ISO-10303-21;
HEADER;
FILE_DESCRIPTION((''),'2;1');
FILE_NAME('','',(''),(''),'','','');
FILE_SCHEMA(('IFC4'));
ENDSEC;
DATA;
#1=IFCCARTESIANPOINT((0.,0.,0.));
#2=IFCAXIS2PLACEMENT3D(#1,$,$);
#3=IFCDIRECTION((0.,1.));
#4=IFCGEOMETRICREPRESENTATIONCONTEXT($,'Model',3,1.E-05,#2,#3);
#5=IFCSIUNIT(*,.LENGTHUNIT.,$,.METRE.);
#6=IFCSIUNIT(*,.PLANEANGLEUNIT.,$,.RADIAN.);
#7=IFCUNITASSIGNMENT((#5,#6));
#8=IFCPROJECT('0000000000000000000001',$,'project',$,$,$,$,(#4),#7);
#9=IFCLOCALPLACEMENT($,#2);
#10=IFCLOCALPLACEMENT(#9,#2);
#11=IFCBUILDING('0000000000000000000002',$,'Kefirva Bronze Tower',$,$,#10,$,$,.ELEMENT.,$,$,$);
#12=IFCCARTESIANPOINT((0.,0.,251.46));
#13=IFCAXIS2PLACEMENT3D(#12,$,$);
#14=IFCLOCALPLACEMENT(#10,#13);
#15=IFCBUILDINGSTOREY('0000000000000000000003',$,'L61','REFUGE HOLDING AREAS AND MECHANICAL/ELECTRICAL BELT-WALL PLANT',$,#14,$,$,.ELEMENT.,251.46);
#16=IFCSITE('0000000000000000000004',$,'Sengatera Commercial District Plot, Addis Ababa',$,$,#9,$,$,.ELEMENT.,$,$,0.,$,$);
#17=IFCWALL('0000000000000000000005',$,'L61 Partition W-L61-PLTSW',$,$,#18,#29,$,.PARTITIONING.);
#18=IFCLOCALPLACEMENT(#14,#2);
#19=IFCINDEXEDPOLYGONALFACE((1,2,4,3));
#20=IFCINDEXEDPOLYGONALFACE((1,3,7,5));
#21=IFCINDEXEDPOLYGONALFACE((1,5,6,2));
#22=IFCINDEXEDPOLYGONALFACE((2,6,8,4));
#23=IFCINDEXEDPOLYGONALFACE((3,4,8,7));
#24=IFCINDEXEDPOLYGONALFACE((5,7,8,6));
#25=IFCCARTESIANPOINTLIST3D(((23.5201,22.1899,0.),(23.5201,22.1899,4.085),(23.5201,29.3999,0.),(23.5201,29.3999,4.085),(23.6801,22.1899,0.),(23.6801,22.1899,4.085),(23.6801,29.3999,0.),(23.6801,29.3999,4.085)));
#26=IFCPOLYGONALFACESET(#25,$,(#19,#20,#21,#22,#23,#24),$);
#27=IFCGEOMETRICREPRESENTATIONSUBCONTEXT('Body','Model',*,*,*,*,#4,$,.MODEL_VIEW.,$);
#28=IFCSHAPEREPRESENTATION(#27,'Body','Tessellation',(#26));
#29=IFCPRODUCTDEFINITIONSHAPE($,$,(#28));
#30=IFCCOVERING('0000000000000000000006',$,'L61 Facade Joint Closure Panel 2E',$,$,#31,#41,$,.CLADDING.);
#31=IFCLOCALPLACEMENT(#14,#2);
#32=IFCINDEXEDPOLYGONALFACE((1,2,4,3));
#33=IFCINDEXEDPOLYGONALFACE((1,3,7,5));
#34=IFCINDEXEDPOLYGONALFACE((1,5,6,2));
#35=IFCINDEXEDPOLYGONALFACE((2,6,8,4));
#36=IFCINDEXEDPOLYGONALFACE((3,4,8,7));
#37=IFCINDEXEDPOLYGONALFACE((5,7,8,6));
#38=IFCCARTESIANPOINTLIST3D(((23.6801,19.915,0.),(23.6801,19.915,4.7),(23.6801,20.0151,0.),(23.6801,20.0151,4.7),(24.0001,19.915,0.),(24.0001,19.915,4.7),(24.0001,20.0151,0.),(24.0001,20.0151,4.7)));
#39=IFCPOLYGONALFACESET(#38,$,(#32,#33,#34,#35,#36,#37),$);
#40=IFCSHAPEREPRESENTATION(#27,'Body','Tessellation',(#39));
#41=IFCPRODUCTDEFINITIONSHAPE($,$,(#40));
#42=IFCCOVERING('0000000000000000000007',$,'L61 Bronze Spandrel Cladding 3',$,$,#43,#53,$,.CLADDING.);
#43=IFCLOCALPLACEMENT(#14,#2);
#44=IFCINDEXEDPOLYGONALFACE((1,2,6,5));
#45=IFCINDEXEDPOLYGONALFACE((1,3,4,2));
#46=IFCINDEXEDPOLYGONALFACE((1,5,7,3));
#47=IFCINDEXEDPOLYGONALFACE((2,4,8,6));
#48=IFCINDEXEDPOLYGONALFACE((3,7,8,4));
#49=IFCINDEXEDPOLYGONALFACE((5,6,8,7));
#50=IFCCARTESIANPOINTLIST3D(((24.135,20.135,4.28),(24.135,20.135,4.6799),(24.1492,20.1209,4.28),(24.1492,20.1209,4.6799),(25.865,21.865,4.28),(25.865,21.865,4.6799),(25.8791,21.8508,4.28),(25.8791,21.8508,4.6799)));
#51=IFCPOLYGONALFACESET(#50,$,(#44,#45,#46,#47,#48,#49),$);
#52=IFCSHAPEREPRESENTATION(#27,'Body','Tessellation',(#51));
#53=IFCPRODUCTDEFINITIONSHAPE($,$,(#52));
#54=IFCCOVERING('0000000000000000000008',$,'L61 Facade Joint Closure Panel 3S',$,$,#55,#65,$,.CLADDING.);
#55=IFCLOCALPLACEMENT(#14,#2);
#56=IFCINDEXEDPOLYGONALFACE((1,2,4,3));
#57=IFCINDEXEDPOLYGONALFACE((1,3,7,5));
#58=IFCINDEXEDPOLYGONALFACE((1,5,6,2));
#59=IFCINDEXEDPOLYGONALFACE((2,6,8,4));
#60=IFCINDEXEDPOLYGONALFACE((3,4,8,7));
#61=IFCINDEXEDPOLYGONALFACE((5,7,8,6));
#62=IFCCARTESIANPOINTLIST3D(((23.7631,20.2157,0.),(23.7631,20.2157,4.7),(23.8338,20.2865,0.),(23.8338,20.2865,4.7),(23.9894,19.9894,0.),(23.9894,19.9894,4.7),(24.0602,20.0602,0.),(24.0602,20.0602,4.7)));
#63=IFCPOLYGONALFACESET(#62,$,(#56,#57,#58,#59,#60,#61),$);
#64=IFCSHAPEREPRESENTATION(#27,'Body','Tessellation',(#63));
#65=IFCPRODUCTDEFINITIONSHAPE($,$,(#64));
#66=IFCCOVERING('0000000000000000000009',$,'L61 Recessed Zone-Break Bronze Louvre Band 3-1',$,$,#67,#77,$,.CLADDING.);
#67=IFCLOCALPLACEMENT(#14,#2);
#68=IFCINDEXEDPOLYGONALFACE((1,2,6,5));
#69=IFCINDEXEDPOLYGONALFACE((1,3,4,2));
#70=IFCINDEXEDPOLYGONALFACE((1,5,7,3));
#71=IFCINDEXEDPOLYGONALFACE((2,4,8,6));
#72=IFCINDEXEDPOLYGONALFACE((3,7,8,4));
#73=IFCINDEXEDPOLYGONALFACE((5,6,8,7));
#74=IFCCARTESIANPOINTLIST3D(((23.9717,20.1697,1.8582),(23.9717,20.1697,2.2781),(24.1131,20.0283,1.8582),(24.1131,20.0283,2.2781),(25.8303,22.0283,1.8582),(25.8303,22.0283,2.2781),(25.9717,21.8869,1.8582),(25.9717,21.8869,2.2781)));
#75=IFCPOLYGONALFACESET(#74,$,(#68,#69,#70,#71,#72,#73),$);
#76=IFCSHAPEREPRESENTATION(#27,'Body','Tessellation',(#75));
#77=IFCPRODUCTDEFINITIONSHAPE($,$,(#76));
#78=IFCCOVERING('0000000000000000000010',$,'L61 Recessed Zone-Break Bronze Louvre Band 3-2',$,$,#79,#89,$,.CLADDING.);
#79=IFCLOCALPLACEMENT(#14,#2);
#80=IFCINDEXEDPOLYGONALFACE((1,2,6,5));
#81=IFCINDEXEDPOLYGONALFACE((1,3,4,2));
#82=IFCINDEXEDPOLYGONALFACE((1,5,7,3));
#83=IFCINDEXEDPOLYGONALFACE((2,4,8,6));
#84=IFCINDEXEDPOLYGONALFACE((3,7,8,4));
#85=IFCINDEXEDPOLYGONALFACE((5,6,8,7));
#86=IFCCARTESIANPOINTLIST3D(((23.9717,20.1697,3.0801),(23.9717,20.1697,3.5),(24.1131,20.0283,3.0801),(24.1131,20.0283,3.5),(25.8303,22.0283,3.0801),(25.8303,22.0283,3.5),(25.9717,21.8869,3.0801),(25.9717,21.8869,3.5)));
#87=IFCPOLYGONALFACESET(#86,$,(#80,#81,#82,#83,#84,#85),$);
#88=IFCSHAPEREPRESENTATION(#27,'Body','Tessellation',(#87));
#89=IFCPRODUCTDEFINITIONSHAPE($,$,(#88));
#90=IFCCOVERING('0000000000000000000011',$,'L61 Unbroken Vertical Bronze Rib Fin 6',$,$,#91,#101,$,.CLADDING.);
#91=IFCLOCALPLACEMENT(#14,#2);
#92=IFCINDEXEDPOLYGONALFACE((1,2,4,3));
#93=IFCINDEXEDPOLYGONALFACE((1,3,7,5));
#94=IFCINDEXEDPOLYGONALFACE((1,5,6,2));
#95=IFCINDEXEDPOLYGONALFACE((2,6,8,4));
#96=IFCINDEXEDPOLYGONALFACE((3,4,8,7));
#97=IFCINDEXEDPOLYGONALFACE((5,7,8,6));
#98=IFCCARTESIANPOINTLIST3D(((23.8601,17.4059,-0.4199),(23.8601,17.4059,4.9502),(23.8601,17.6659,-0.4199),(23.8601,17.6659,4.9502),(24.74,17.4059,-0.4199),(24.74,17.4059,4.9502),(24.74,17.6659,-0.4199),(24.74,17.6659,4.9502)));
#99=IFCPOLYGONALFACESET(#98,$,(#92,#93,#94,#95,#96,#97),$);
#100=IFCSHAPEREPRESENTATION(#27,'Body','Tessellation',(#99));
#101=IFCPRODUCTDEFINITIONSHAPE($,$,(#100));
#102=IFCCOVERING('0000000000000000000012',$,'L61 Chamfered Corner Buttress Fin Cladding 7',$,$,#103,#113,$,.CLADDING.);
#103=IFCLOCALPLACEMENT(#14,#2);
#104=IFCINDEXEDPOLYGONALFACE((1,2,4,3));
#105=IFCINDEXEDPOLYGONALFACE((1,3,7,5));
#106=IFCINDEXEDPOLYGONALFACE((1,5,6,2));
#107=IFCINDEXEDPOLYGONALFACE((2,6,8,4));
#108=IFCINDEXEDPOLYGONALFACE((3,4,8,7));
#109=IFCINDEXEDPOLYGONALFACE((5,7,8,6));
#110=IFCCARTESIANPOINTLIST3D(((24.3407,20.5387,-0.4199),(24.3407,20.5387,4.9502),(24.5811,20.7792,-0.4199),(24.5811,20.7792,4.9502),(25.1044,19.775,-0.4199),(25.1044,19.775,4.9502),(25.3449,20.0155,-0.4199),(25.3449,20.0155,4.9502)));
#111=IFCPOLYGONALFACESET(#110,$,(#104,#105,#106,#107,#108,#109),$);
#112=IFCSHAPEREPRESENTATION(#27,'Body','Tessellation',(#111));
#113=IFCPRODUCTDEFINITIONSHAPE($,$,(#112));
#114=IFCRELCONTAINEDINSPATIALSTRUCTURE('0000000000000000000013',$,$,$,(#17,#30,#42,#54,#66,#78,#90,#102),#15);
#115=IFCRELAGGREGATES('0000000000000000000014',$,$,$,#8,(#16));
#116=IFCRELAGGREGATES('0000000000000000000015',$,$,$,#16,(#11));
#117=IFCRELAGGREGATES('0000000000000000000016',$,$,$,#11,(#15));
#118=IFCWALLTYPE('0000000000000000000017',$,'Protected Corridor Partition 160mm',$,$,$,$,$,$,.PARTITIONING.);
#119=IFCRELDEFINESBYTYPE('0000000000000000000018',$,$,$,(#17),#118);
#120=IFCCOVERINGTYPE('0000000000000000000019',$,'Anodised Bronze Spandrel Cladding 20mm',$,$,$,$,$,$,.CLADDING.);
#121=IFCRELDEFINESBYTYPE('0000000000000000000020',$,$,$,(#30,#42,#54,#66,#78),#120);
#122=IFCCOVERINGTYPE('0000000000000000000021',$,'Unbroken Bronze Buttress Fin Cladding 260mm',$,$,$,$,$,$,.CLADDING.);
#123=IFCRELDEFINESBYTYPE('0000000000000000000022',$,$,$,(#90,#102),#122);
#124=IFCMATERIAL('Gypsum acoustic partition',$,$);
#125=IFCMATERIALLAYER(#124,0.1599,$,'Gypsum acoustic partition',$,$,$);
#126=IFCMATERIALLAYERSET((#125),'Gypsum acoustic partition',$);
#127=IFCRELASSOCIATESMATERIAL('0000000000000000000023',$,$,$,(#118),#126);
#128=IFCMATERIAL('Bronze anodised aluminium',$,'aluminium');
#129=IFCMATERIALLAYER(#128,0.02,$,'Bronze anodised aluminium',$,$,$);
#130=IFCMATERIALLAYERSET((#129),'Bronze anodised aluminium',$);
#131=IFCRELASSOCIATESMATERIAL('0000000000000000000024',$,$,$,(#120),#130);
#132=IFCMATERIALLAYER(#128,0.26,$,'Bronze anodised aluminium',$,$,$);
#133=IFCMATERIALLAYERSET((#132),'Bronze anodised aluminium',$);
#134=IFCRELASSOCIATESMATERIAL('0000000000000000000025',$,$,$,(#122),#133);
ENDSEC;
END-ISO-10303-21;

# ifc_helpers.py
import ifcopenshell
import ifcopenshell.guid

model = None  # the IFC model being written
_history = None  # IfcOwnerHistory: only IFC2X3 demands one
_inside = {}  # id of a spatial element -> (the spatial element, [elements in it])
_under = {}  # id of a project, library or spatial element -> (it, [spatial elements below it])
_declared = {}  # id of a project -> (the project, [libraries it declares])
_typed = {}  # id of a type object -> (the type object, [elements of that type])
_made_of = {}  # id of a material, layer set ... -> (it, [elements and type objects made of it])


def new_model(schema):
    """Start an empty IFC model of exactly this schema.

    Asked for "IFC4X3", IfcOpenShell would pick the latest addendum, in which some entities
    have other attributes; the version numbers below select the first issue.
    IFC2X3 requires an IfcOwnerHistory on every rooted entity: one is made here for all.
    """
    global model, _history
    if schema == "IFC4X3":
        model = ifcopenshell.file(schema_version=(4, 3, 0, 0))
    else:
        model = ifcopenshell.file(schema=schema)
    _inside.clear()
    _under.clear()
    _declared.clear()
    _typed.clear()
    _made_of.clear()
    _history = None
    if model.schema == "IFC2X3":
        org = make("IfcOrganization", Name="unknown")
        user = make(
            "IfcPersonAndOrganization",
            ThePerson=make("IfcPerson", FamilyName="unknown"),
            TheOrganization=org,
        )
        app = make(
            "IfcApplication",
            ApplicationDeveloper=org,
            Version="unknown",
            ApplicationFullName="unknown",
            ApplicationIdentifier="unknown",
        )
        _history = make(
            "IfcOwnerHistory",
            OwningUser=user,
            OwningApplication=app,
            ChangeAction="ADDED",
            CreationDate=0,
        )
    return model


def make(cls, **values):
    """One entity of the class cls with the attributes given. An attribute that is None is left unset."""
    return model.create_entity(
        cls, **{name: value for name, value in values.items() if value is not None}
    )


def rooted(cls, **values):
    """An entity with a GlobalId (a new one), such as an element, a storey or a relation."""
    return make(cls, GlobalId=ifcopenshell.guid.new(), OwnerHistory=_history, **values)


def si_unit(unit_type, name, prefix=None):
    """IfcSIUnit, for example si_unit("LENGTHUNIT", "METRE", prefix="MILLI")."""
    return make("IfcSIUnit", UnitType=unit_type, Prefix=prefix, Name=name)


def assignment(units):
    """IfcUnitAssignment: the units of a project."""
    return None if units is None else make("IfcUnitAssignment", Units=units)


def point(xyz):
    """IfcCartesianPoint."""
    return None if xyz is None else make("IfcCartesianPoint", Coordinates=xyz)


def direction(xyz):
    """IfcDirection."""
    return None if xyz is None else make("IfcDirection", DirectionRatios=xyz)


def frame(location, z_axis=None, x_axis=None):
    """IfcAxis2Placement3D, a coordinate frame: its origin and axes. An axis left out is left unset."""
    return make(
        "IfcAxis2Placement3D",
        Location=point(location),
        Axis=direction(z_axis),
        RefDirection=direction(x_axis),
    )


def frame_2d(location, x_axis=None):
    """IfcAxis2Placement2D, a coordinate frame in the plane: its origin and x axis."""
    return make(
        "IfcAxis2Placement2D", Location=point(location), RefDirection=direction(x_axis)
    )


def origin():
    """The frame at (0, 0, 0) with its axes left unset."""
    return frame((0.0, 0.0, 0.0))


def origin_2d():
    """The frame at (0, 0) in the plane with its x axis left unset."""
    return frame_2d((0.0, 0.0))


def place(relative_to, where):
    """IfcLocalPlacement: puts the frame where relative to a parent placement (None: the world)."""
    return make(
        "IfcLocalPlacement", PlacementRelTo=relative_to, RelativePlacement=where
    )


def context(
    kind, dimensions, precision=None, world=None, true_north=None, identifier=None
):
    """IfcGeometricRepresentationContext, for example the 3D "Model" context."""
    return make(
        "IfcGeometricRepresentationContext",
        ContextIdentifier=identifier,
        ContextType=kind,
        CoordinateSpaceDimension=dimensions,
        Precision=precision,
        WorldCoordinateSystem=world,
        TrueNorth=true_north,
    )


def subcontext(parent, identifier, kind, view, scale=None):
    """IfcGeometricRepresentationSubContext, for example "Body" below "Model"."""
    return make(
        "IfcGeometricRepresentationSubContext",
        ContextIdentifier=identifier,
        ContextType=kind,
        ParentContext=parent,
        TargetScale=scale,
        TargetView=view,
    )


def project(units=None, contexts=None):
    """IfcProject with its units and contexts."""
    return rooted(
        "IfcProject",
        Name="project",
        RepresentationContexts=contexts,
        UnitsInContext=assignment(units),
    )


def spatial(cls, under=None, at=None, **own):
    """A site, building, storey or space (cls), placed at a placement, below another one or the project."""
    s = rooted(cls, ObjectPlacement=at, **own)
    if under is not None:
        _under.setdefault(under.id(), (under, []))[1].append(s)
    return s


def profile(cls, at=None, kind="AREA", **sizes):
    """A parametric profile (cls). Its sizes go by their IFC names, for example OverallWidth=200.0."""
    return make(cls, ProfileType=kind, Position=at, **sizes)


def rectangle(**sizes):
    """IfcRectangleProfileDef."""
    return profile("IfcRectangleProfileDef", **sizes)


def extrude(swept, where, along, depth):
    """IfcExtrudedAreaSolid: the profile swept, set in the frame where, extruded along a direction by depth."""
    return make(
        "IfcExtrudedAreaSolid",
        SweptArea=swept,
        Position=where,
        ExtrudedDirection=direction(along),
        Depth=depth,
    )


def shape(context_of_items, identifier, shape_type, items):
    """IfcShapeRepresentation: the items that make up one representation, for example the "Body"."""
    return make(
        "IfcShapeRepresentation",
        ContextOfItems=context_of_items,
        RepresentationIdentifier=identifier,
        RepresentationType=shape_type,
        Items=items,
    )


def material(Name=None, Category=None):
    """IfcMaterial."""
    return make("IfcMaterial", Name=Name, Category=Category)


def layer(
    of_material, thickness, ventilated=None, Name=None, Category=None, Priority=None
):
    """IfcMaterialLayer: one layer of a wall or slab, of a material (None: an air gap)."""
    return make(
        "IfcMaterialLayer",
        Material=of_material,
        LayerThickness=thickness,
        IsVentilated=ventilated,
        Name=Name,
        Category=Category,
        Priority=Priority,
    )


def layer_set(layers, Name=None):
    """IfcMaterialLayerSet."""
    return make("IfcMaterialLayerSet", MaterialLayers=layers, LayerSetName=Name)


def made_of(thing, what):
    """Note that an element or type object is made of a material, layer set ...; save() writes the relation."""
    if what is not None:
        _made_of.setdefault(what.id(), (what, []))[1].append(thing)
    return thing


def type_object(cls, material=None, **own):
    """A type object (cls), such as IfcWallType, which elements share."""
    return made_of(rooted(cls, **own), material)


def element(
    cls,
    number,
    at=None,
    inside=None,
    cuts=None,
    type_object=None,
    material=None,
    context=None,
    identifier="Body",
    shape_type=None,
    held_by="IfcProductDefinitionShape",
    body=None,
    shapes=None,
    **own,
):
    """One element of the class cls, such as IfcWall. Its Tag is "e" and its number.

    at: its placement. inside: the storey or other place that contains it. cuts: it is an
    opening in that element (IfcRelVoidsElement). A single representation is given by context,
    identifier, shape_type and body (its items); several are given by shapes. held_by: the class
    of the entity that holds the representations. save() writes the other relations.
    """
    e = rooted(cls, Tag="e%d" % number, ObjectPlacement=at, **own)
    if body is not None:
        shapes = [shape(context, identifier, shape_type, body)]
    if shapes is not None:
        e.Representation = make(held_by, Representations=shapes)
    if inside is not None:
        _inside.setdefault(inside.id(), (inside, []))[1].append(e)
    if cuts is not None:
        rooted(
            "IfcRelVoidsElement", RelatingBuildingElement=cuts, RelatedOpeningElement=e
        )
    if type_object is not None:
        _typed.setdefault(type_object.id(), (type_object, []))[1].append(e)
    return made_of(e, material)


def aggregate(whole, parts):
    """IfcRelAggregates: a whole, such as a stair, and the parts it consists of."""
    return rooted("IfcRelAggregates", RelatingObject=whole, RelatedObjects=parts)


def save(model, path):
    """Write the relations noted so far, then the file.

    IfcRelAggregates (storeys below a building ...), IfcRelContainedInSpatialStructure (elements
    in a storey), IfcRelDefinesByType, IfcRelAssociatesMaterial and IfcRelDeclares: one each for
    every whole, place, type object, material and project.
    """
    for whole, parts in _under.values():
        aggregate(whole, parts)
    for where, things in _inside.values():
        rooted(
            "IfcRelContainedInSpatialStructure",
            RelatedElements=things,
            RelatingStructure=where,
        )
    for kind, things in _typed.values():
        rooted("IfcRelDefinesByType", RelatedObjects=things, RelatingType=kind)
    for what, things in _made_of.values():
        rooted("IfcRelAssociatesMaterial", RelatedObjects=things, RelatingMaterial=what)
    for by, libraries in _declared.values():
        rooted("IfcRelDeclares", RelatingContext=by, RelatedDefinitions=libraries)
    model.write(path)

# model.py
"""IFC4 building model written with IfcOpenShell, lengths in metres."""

from ifc_helpers import new_model, si_unit, direction, frame, frame_2d, origin, origin_2d, place, context, subcontext, project, spatial, rectangle, extrude, material, layer, layer_set, type_object, element, save


model = new_model("IFC4")

# Units and contexts
model_context = context("Model", 3, precision=1e-05, world=origin(), true_north=direction((0.0, 1.0)))
body_context = subcontext(model_context, "Body", "Model", "MODEL_VIEW")
ifc_project = project(units=[si_unit("LENGTHUNIT", "METRE"), si_unit("PLANEANGLEUNIT", "RADIAN")], contexts=[model_context])

# Site, building, storey
site_placement = place(None, origin())
site = spatial("IfcSite", under=ifc_project, at=site_placement, Name="Sengatera Commercial District Plot, Addis Ababa", CompositionType="ELEMENT", RefElevation=0.0)
building_placement = place(site_placement, origin())
building = spatial("IfcBuilding", under=site, at=building_placement, Name="Kefirva Bronze Tower", CompositionType="ELEMENT")
storey_placement = place(building_placement, frame((0.0, 0.0, 251.46)))
storey = spatial("IfcBuildingStorey", under=building, at=storey_placement, Name="L61", Description="REFUGE HOLDING AREAS AND MECHANICAL/ELECTRICAL BELT-WALL PLANT", CompositionType="ELEMENT", Elevation=251.46)

# Wall
ifc_material_1 = material(Name="Gypsum acoustic partition")
ifc_layer_1 = layer(ifc_material_1, 0.1599, Name="Gypsum acoustic partition")
ifc_layer_set_1 = layer_set([ifc_layer_1], Name="Gypsum acoustic partition")
wall_type_1 = type_object("IfcWallType", Name="Protected Corridor Partition 160mm", PredefinedType="PARTITIONING", material=ifc_layer_set_1)
wall_1_placement = place(storey_placement, frame((23.6001, 22.1899, 0.0), z_axis=(0.0, 0.0, 1.0), x_axis=(0.0, 1.0, 0.0)))
element("IfcWall", 1, at=wall_1_placement, inside=storey, type_object=wall_type_1, Name="L61 Partition W-L61-PLTSW", PredefinedType="PARTITIONING", context=body_context, shape_type="SweptSolid", body=[
    extrude(rectangle(XDim=7.21, YDim=0.1599, at=frame_2d((3.605, 0.0))), origin(), (0.0, 0.0, 1.0), 4.085),
])

# Coverings
ifc_material_2 = material(Name="Bronze anodised aluminium", Category="aluminium")
ifc_layer_2 = layer(ifc_material_2, 0.02, Name="Bronze anodised aluminium")
ifc_layer_set_2 = layer_set([ifc_layer_2], Name="Bronze anodised aluminium")
covering_type_1 = type_object("IfcCoveringType", Name="Anodised Bronze Spandrel Cladding 20mm", PredefinedType="CLADDING", material=ifc_layer_set_2)
covering_1_placement = place(storey_placement, frame((23.8401, 19.9651, 0.0), z_axis=(0.0, 0.0, 1.0), x_axis=(0.0, 1.0, 0.0)))
element("IfcCovering", 2, at=covering_1_placement, inside=storey, type_object=covering_type_1, Name="L61 Facade Joint Closure Panel 2E", PredefinedType="CLADDING", context=body_context, shape_type="SweptSolid", body=[
    extrude(rectangle(XDim=0.1001, YDim=0.3201, at=origin_2d()), origin(), (0.0, 0.0, 1.0), 4.7),
])
covering_2_placement = place(storey_placement, frame((25.0071, 20.9929, 4.28), z_axis=(0.0, 0.0, 1.0), x_axis=(0.707107, 0.707107, 0.0)))
element("IfcCovering", 3, at=covering_2_placement, inside=storey, type_object=covering_type_1, Name="L61 Bronze Spandrel Cladding 3", PredefinedType="CLADDING", context=body_context, shape_type="SweptSolid", body=[
    extrude(rectangle(XDim=2.4465, YDim=0.02, at=origin_2d()), origin(), (0.0, 0.0, 1.0), 0.3999),
])
covering_3_placement = place(storey_placement, frame((23.9116, 20.1379, 0.0), z_axis=(0.0, 0.0, 1.0), x_axis=(0.707107, 0.707107, 0.0)))
element("IfcCovering", 4, at=covering_3_placement, inside=storey, type_object=covering_type_1, Name="L61 Facade Joint Closure Panel 3S", PredefinedType="CLADDING", context=body_context, shape_type="SweptSolid", body=[
    extrude(rectangle(XDim=0.1001, YDim=0.3201, at=origin_2d()), origin(), (0.0, 0.0, 1.0), 4.7),
])
for number, where, z_axis, x_axis, name in (
    (5, (24.9717, 21.0283, 1.8582), (0.0, 0.0, 1.0), (0.707107, 0.707107, 0.0), "L61 Recessed Zone-Break Bronze Louvre Band 3-1"),
    (6, (24.9717, 21.0283, 3.0801), (0.0, 0.0, 1.0), (0.707107, 0.707107, 0.0), "L61 Recessed Zone-Break Bronze Louvre Band 3-2"),
):
    element("IfcCovering", number, at=place(storey_placement, frame(where, z_axis=z_axis, x_axis=x_axis)), inside=storey, type_object=covering_type_1, Name=name, PredefinedType="CLADDING", context=body_context, shape_type="SweptSolid", body=[
        extrude(rectangle(XDim=2.6284, YDim=0.2, at=origin_2d()), origin(), (0.0, 0.0, 1.0), 0.4199),
    ])
ifc_layer_3 = layer(ifc_material_2, 0.26, Name="Bronze anodised aluminium")
ifc_layer_set_3 = layer_set([ifc_layer_3], Name="Bronze anodised aluminium")
covering_type_2 = type_object("IfcCoveringType", Name="Unbroken Bronze Buttress Fin Cladding 260mm", PredefinedType="CLADDING", material=ifc_layer_set_3)
covering_4_placement = place(storey_placement, frame((24.3, 17.5359, -0.4199), z_axis=(0.0, 0.0, 1.0), x_axis=(0.0, 1.0, 0.0)))
element("IfcCovering", 7, at=covering_4_placement, inside=storey, type_object=covering_type_2, Name="L61 Unbroken Vertical Bronze Rib Fin 6", PredefinedType="CLADDING", context=body_context, shape_type="SweptSolid", body=[
    extrude(rectangle(XDim=0.26, YDim=0.8799, at=origin_2d()), origin(), (0.0, 0.0, 1.0), 5.3701),
])
covering_5_placement = place(storey_placement, frame((24.8428, 20.2771, -0.4199), z_axis=(0.0, 0.0, 1.0), x_axis=(0.707107, 0.707107, 0.0)))
element("IfcCovering", 8, at=covering_5_placement, inside=storey, type_object=covering_type_2, Name="L61 Chamfered Corner Buttress Fin Cladding 7", PredefinedType="CLADDING", context=body_context, shape_type="SweptSolid", body=[
    extrude(rectangle(XDim=0.3401, YDim=1.0801, at=origin_2d()), origin(), (0.0, 0.0, 1.0), 5.3701),
])

save(model, "model.ifc")
